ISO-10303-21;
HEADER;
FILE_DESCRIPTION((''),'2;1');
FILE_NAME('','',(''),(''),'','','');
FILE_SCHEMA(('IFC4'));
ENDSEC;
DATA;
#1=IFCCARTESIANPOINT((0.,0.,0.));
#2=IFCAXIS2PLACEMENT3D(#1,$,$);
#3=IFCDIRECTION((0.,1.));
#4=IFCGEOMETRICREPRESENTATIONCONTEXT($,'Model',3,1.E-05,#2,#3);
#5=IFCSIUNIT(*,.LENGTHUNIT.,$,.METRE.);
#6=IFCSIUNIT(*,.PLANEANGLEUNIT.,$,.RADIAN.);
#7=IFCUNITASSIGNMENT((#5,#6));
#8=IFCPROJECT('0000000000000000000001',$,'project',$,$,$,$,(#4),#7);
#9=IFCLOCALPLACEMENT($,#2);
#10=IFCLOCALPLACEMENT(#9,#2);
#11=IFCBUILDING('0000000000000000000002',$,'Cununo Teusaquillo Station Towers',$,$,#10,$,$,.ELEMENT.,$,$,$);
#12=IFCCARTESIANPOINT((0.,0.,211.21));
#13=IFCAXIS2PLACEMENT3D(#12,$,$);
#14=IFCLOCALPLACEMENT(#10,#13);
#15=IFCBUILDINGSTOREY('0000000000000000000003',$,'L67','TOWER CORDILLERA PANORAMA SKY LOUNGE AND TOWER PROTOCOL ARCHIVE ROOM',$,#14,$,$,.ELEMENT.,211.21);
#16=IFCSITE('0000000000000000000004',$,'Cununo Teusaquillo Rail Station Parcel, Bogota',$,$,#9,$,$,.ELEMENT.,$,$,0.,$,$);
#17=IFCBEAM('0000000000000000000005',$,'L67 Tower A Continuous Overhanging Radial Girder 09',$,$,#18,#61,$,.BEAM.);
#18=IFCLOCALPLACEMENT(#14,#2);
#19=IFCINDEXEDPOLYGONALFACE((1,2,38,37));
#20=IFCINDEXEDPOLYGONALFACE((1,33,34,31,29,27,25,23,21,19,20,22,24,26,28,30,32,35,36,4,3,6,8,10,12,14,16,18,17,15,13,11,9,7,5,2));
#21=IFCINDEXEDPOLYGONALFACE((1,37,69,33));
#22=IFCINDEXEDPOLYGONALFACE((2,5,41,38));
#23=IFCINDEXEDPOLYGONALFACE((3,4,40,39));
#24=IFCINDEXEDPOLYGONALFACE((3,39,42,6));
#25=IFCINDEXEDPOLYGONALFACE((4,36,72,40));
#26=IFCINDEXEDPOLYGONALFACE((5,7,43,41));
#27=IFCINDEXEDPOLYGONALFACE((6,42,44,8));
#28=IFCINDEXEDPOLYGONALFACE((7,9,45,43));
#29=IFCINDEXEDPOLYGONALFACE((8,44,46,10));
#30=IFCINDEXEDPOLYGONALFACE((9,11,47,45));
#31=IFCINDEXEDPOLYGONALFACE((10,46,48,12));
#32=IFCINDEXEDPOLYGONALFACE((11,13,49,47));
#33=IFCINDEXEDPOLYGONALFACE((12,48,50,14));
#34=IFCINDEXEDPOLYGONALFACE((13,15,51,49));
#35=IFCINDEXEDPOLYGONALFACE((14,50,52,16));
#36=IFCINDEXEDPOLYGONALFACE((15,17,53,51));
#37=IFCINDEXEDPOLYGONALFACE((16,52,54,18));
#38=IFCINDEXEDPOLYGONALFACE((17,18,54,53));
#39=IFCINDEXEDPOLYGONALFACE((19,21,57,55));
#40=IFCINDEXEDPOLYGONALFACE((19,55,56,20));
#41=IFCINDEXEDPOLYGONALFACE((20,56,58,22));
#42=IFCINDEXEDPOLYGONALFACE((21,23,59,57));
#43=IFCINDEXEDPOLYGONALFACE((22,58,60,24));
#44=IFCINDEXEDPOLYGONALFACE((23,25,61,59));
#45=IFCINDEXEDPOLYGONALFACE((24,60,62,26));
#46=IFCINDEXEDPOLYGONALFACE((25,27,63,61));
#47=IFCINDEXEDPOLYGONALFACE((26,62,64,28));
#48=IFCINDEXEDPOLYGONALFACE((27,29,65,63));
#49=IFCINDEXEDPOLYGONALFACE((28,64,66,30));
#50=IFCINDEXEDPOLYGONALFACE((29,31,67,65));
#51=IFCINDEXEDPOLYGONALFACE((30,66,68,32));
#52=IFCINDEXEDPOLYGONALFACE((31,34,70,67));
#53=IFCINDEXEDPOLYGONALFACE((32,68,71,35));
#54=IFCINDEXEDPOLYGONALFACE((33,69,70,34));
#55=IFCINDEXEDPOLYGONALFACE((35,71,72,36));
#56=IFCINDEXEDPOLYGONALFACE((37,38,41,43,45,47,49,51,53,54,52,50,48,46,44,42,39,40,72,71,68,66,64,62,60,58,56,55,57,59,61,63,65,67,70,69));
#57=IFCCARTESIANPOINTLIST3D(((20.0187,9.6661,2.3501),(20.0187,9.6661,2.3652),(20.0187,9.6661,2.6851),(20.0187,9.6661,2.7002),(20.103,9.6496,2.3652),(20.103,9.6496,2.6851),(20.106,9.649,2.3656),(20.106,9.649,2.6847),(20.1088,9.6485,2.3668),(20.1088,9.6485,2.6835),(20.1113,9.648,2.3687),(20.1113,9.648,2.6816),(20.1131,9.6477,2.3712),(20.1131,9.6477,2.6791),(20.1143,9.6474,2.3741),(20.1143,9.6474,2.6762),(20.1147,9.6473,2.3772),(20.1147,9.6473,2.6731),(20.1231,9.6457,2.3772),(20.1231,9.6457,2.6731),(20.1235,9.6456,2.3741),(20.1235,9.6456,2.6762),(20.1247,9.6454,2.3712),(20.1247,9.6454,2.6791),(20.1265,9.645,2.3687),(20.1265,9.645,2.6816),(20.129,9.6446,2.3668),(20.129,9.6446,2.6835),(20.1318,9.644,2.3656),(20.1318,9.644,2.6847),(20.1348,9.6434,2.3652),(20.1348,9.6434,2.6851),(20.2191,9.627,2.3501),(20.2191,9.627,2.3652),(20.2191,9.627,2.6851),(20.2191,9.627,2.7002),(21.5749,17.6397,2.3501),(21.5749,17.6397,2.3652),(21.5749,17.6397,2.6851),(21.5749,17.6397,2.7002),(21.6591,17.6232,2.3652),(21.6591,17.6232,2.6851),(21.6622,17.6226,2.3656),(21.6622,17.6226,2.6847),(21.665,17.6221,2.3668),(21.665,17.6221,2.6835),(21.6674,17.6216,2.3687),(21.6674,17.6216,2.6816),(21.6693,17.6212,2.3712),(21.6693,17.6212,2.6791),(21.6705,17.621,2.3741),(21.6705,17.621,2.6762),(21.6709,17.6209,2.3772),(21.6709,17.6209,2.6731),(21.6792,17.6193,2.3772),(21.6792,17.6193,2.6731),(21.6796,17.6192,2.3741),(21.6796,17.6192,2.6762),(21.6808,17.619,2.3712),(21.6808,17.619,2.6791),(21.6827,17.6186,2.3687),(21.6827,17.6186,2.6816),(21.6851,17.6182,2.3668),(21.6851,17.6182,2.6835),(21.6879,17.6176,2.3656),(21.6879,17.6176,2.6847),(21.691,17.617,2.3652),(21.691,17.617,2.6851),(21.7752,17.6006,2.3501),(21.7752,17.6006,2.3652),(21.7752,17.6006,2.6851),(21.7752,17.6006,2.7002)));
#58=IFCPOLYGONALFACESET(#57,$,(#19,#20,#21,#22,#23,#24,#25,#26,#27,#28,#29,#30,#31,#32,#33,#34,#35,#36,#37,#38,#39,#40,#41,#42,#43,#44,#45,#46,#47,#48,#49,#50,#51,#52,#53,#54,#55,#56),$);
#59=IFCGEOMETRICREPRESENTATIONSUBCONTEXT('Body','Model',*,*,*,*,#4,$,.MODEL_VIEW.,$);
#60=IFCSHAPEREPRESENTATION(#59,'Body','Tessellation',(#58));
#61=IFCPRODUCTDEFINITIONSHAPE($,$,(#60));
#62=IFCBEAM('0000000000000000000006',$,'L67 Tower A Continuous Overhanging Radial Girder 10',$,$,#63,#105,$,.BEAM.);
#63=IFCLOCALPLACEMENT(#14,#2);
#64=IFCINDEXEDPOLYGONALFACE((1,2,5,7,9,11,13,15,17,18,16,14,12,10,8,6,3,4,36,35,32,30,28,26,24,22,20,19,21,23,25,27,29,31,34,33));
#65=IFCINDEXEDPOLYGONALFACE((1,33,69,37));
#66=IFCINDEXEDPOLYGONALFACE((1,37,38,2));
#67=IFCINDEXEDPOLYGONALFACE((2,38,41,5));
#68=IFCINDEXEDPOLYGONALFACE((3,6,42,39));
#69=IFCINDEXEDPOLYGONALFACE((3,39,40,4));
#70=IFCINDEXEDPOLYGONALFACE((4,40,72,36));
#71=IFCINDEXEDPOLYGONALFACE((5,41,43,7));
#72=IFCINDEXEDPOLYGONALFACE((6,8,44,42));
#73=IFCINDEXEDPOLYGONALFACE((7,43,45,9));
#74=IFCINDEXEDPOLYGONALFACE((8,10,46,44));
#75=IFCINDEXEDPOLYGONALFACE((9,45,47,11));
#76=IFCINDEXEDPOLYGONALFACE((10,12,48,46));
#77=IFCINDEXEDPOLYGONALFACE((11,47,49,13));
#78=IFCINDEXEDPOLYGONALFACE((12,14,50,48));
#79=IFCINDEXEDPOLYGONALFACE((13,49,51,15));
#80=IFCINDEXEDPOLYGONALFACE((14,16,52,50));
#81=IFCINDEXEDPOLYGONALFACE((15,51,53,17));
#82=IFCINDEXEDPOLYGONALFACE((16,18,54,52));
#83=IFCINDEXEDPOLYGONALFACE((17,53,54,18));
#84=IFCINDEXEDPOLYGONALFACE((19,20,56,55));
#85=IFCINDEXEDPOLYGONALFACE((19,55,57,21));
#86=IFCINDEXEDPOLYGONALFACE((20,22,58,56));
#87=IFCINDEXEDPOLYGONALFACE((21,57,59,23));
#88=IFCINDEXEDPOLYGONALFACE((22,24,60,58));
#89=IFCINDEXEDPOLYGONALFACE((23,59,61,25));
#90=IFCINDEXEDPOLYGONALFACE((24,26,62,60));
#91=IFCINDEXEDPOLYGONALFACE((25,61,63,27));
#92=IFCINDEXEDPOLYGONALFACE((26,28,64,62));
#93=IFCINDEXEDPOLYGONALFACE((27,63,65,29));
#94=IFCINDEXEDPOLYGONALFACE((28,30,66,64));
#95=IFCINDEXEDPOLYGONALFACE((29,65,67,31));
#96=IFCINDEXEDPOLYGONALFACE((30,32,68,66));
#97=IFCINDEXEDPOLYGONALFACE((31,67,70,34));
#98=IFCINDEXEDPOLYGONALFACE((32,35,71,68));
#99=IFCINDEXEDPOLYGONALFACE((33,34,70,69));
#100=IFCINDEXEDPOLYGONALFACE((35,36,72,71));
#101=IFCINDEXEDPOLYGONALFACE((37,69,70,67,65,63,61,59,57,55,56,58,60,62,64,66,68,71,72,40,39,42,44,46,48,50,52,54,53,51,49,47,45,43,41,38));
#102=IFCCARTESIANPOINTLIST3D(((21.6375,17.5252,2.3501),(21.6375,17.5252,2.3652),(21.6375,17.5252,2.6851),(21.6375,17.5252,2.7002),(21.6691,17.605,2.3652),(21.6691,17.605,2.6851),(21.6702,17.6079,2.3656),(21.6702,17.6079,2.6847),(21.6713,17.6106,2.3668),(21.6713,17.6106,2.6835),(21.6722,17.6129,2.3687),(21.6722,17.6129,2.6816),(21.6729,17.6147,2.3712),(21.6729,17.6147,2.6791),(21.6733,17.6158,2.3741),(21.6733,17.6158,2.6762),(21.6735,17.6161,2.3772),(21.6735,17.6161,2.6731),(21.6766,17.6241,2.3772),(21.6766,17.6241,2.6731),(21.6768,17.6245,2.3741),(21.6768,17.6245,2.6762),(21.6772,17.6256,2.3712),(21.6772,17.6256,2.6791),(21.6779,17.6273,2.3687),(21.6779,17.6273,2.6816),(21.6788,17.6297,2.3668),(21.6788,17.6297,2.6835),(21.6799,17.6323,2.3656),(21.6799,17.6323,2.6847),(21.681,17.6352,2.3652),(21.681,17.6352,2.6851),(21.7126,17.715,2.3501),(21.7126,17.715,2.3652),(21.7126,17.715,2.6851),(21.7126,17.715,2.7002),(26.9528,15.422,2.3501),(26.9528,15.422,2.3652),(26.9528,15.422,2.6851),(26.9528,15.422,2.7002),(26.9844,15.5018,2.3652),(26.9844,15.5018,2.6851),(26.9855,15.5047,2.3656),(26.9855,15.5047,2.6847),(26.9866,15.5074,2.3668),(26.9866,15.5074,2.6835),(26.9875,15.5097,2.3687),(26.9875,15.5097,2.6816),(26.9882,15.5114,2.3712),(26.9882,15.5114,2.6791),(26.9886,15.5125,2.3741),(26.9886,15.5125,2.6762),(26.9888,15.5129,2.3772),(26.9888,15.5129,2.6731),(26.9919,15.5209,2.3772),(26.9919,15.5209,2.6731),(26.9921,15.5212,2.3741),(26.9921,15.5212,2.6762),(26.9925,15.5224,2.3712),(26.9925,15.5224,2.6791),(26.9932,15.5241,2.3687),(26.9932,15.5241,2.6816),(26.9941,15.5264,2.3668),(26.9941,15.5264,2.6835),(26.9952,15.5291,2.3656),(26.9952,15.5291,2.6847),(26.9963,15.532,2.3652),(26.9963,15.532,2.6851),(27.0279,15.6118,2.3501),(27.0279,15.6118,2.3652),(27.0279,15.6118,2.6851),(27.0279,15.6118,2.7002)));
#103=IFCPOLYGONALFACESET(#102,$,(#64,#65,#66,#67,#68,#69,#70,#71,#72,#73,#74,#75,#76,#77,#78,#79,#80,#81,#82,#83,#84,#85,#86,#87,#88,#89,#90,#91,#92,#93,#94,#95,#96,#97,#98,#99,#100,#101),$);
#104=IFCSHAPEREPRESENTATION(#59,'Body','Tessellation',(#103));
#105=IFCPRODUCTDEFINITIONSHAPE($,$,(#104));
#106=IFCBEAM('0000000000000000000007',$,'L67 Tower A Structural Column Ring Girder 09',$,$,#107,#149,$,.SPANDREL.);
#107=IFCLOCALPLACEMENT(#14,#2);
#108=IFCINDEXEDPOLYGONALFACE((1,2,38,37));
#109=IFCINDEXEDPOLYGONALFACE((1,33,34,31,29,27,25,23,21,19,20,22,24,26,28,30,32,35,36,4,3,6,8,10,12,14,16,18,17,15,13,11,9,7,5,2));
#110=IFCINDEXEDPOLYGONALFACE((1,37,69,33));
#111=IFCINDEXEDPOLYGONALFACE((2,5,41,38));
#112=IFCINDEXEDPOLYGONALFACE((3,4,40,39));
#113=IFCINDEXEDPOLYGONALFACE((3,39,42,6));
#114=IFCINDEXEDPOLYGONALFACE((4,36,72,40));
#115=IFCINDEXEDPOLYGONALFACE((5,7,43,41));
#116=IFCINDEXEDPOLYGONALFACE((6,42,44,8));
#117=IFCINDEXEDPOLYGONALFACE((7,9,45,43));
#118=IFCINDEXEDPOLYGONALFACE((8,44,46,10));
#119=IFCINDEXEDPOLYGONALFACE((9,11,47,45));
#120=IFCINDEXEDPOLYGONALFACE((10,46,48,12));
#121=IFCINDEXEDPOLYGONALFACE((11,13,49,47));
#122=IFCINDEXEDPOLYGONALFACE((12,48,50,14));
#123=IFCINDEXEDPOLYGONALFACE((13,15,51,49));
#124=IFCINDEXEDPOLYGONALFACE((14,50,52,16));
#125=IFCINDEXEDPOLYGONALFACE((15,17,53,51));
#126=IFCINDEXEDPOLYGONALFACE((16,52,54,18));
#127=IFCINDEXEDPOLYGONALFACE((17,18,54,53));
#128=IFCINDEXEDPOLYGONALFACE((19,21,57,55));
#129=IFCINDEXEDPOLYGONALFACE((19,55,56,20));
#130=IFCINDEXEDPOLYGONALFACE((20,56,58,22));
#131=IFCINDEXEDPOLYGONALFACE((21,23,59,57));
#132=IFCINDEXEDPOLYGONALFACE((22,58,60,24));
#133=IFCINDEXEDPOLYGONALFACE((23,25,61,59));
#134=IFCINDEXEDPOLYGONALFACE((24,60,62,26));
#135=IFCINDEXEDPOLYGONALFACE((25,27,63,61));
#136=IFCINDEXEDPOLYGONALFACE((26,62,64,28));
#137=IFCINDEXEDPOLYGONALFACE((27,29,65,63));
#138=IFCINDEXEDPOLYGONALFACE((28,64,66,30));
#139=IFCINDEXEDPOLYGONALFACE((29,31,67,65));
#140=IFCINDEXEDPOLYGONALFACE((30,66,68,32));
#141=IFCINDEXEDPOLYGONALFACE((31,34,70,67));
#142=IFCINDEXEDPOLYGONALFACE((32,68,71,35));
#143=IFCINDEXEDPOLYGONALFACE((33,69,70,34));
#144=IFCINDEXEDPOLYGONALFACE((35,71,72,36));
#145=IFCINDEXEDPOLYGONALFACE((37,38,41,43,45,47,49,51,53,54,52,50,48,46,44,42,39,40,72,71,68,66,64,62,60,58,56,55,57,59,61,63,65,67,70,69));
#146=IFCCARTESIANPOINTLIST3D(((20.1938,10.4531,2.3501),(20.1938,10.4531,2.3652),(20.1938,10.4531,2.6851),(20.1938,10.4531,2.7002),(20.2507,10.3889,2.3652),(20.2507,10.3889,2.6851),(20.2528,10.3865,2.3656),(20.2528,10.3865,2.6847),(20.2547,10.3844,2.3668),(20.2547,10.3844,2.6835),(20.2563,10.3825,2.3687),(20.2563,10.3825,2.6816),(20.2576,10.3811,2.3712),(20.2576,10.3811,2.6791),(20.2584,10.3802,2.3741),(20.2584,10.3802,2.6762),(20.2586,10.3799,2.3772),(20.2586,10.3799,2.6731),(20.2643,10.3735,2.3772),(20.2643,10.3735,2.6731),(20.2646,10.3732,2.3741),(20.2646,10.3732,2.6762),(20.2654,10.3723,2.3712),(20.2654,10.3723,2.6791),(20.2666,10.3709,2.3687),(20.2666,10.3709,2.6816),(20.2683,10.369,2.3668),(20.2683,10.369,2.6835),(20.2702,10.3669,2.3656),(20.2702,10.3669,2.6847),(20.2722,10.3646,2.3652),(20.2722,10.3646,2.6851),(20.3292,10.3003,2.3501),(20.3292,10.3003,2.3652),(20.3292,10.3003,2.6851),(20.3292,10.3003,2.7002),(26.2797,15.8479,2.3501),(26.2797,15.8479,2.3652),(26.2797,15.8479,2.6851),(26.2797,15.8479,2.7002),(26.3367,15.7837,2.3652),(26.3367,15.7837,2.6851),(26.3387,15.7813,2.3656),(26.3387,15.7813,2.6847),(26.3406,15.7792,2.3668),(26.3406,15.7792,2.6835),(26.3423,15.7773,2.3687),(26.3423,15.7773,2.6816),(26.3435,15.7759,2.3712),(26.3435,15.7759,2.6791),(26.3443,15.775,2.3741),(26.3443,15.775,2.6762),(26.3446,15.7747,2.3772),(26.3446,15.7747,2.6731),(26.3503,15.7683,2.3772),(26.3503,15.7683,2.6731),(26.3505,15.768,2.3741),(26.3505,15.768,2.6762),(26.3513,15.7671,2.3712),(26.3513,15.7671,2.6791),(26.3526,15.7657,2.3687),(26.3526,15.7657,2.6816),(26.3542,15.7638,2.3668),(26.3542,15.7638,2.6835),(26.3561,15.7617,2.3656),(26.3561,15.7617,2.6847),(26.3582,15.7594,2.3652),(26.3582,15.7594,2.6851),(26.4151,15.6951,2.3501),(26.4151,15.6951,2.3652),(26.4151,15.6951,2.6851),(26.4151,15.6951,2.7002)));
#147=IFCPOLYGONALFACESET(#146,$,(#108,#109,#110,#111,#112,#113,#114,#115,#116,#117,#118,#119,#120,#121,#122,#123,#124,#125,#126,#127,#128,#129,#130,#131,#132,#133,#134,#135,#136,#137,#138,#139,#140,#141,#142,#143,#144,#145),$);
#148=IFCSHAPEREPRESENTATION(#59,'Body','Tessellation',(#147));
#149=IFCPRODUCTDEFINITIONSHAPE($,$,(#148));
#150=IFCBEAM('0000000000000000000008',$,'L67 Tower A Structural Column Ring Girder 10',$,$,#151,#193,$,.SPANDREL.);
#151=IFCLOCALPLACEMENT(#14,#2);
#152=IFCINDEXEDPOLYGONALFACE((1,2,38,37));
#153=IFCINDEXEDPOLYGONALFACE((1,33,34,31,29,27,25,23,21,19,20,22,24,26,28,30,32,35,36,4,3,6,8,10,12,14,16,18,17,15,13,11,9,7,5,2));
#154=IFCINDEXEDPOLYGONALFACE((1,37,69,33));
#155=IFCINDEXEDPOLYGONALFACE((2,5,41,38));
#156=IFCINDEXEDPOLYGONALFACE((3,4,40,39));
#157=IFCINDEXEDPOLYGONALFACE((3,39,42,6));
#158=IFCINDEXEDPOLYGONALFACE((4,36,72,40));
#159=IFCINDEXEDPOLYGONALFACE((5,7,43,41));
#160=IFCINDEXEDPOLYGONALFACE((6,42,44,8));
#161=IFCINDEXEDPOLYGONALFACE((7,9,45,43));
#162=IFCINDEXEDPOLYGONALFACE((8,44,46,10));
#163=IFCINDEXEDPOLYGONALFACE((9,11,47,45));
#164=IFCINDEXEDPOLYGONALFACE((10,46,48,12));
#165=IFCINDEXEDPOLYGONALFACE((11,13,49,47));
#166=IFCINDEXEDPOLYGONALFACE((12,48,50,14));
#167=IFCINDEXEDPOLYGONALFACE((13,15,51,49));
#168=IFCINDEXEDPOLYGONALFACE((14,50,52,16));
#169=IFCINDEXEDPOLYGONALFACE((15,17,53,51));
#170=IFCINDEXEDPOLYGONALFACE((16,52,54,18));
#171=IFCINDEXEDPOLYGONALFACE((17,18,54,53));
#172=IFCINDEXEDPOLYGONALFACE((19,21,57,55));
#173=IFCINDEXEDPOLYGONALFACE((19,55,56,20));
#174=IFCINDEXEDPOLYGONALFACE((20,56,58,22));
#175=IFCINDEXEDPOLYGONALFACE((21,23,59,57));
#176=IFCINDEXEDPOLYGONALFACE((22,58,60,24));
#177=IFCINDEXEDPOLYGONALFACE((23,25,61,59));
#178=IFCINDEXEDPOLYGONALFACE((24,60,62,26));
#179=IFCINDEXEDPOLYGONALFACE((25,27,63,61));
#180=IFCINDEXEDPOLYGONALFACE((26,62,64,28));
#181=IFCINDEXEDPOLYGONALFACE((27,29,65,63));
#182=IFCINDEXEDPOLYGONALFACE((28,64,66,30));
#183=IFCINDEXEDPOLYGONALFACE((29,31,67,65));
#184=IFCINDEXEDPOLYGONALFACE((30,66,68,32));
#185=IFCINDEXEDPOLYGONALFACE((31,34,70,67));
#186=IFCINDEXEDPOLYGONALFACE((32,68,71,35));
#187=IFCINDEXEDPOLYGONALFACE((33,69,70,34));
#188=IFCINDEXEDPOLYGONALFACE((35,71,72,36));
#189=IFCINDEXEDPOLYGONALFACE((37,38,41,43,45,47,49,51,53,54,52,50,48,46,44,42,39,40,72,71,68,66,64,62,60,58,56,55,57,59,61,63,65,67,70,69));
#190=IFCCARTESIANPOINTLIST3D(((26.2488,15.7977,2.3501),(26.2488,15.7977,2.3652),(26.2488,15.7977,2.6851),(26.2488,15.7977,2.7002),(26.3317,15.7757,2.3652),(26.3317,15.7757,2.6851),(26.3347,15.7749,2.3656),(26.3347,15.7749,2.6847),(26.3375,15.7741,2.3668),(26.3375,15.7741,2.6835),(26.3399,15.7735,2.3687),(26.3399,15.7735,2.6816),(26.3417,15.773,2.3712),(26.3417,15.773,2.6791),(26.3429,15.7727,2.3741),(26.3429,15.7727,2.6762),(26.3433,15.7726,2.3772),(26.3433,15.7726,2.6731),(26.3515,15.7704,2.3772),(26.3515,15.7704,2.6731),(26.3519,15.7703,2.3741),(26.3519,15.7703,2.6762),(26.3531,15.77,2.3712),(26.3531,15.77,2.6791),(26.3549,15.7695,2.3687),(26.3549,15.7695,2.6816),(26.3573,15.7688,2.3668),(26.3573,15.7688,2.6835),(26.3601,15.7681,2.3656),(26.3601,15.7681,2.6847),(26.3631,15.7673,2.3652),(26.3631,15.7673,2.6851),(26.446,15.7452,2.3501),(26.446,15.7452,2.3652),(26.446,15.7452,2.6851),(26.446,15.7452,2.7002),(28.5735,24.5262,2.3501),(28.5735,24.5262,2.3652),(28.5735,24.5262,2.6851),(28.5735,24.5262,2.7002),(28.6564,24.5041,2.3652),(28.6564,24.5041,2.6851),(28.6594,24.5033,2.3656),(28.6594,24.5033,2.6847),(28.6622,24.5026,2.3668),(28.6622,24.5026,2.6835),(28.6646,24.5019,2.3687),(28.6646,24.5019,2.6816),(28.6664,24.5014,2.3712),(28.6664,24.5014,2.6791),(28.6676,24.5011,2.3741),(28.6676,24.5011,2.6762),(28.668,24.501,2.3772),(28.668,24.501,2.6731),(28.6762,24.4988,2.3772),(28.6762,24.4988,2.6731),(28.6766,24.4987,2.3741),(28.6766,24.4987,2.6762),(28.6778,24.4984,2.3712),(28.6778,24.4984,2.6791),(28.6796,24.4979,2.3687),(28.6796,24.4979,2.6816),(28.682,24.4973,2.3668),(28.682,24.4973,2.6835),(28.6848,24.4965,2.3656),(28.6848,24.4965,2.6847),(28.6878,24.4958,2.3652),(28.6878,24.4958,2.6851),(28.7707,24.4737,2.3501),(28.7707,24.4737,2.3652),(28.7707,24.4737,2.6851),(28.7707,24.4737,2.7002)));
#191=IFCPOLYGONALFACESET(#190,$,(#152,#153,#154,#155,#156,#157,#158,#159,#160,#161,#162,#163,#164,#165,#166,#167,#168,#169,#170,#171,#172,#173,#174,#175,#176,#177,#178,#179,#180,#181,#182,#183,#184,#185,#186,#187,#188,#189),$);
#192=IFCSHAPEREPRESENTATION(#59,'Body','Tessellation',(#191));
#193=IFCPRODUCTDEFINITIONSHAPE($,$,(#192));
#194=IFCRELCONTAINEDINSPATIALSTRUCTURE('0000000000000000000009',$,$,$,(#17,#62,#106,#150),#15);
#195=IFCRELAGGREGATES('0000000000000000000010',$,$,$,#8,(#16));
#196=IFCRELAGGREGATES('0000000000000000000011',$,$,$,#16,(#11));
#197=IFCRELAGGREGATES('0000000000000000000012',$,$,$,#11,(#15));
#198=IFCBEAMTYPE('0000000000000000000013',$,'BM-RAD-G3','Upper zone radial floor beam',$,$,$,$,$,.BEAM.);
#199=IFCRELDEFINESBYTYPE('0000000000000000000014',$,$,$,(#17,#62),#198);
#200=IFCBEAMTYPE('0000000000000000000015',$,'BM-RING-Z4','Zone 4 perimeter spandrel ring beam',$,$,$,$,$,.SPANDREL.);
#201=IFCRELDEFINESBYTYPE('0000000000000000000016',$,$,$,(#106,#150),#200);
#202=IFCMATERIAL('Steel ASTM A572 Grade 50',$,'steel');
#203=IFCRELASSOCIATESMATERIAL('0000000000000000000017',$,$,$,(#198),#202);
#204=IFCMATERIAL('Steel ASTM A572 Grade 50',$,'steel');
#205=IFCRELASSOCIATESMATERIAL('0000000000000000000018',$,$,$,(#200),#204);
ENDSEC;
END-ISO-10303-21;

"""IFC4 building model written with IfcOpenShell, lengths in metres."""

from ifc_helpers import new_model, si_unit, direction, frame, origin, origin_2d, place, context, subcontext, project, spatial, i_section, extrude, material, material_profile, profile_set, type_object, element, save


model = new_model("IFC4")

# Units and contexts
model_context = context("Model", 3, precision=1e-05, world=origin(), true_north=direction((0.0, 1.0)))
body_context = subcontext(model_context, "Body", "Model", "MODEL_VIEW")
ifc_project = project(units=[si_unit("LENGTHUNIT", "METRE"), si_unit("PLANEANGLEUNIT", "RADIAN")], contexts=[model_context])

# Site, building, storey
site_placement = place(None, origin())
site = spatial("IfcSite", under=ifc_project, at=site_placement, Name="Cununo Teusaquillo Rail Station Parcel, Bogota", CompositionType="ELEMENT", RefElevation=0.0)
building_placement = place(site_placement, origin())
building = spatial("IfcBuilding", under=site, at=building_placement, Name="Cununo Teusaquillo Station Towers", CompositionType="ELEMENT")
storey_placement = place(building_placement, frame((0.0, 0.0, 211.21)))
storey = spatial("IfcBuildingStorey", under=building, at=storey_placement, Name="L67", Description="TOWER CORDILLERA PANORAMA SKY LOUNGE AND TOWER PROTOCOL ARCHIVE ROOM", CompositionType="ELEMENT", Elevation=211.21)

# Beams
ifc_material_1 = material(Name="Steel ASTM A572 Grade 50", Category="steel")
ifc_material_profile_1 = material_profile(ifc_material_1, i_section(OverallWidth=0.2041, OverallDepth=0.3501, WebThickness=0.0085, FlangeThickness=0.0151, FilletRadius=0.012, at=origin_2d()), Name="W14X48")
ifc_profile_set_1 = profile_set([ifc_material_profile_1], Name="Steel ASTM A572 Grade 50")
beam_type_1 = type_object("IfcBeamType", Name="BM-RAD-G3", Description="Upper zone radial floor beam", PredefinedType="BEAM", material=ifc_profile_set_1)
beam_1_placement = place(storey_placement, frame((21.675, 17.6201, 2.5251), z_axis=(-0.191548, -0.981483, 0.0), x_axis=(0.981483, -0.191548, 0.0)))
element("IfcBeam", 1, at=beam_1_placement, inside=storey, type_object=beam_type_1, Name="L67 Tower A Continuous Overhanging Radial Girder 09", PredefinedType="BEAM", context=body_context, shape_type="SweptSolid", body=[
    extrude(i_section(OverallWidth=0.2041, OverallDepth=0.3501, WebThickness=0.0085, FlangeThickness=0.0151, FilletRadius=0.012, at=origin_2d()), origin(), (0.0, 0.0, 1.0), 8.124),
])
beam_2_placement = place(storey_placement, frame((21.675, 17.6201, 2.5251), z_axis=(0.929852, -0.367935, 0.0), x_axis=(0.367935, 0.929852, 0.0)))
element("IfcBeam", 2, at=beam_2_placement, inside=storey, type_object=beam_type_1, Name="L67 Tower A Continuous Overhanging Radial Girder 10", PredefinedType="BEAM", context=body_context, shape_type="SweptSolid", body=[
    extrude(i_section(OverallWidth=0.2041, OverallDepth=0.3501, WebThickness=0.0085, FlangeThickness=0.0151, FilletRadius=0.012, at=origin_2d()), origin(), (0.0, 0.0, 1.0), 5.7163),
])
ifc_material_2 = material(Name="Steel ASTM A572 Grade 50", Category="steel")
ifc_material_profile_2 = material_profile(ifc_material_2, i_section(OverallWidth=0.2041, OverallDepth=0.3501, WebThickness=0.0085, FlangeThickness=0.0151, FilletRadius=0.012, at=origin_2d()), Name="W14X48")
ifc_profile_set_2 = profile_set([ifc_material_profile_2], Name="Steel ASTM A572 Grade 50")
beam_type_2 = type_object("IfcBeamType", Name="BM-RING-Z4", Description="Zone 4 perimeter spandrel ring beam", PredefinedType="SPANDREL", material=ifc_profile_set_2)
beam_3_placement = place(storey_placement, frame((20.2615, 10.3767, 2.5251), z_axis=(0.748321, 0.663337, 0.0), x_axis=(-0.663337, 0.748321, 0.0)))
element("IfcBeam", 3, at=beam_3_placement, inside=storey, type_object=beam_type_2, Name="L67 Tower A Structural Column Ring Girder 09", PredefinedType="SPANDREL", context=body_context, shape_type="SweptSolid", body=[
    extrude(i_section(OverallWidth=0.2041, OverallDepth=0.3501, WebThickness=0.0085, FlangeThickness=0.0151, FilletRadius=0.012, at=origin_2d()), origin(), (0.0, 0.0, 1.0), 8.1328),
])
beam_4_placement = place(storey_placement, frame((26.3474, 15.7715, 2.5251), z_axis=(0.257363, 0.966315, 0.0), x_axis=(-0.966315, 0.257363, 0.0)))
element("IfcBeam", 4, at=beam_4_placement, inside=storey, type_object=beam_type_2, Name="L67 Tower A Structural Column Ring Girder 10", PredefinedType="SPANDREL", context=body_context, shape_type="SweptSolid", body=[
    extrude(i_section(OverallWidth=0.2041, OverallDepth=0.3501, WebThickness=0.0085, FlangeThickness=0.0151, FilletRadius=0.012, at=origin_2d()), origin(), (0.0, 0.0, 1.0), 9.0327),
])

save(model, "model.ifc")
